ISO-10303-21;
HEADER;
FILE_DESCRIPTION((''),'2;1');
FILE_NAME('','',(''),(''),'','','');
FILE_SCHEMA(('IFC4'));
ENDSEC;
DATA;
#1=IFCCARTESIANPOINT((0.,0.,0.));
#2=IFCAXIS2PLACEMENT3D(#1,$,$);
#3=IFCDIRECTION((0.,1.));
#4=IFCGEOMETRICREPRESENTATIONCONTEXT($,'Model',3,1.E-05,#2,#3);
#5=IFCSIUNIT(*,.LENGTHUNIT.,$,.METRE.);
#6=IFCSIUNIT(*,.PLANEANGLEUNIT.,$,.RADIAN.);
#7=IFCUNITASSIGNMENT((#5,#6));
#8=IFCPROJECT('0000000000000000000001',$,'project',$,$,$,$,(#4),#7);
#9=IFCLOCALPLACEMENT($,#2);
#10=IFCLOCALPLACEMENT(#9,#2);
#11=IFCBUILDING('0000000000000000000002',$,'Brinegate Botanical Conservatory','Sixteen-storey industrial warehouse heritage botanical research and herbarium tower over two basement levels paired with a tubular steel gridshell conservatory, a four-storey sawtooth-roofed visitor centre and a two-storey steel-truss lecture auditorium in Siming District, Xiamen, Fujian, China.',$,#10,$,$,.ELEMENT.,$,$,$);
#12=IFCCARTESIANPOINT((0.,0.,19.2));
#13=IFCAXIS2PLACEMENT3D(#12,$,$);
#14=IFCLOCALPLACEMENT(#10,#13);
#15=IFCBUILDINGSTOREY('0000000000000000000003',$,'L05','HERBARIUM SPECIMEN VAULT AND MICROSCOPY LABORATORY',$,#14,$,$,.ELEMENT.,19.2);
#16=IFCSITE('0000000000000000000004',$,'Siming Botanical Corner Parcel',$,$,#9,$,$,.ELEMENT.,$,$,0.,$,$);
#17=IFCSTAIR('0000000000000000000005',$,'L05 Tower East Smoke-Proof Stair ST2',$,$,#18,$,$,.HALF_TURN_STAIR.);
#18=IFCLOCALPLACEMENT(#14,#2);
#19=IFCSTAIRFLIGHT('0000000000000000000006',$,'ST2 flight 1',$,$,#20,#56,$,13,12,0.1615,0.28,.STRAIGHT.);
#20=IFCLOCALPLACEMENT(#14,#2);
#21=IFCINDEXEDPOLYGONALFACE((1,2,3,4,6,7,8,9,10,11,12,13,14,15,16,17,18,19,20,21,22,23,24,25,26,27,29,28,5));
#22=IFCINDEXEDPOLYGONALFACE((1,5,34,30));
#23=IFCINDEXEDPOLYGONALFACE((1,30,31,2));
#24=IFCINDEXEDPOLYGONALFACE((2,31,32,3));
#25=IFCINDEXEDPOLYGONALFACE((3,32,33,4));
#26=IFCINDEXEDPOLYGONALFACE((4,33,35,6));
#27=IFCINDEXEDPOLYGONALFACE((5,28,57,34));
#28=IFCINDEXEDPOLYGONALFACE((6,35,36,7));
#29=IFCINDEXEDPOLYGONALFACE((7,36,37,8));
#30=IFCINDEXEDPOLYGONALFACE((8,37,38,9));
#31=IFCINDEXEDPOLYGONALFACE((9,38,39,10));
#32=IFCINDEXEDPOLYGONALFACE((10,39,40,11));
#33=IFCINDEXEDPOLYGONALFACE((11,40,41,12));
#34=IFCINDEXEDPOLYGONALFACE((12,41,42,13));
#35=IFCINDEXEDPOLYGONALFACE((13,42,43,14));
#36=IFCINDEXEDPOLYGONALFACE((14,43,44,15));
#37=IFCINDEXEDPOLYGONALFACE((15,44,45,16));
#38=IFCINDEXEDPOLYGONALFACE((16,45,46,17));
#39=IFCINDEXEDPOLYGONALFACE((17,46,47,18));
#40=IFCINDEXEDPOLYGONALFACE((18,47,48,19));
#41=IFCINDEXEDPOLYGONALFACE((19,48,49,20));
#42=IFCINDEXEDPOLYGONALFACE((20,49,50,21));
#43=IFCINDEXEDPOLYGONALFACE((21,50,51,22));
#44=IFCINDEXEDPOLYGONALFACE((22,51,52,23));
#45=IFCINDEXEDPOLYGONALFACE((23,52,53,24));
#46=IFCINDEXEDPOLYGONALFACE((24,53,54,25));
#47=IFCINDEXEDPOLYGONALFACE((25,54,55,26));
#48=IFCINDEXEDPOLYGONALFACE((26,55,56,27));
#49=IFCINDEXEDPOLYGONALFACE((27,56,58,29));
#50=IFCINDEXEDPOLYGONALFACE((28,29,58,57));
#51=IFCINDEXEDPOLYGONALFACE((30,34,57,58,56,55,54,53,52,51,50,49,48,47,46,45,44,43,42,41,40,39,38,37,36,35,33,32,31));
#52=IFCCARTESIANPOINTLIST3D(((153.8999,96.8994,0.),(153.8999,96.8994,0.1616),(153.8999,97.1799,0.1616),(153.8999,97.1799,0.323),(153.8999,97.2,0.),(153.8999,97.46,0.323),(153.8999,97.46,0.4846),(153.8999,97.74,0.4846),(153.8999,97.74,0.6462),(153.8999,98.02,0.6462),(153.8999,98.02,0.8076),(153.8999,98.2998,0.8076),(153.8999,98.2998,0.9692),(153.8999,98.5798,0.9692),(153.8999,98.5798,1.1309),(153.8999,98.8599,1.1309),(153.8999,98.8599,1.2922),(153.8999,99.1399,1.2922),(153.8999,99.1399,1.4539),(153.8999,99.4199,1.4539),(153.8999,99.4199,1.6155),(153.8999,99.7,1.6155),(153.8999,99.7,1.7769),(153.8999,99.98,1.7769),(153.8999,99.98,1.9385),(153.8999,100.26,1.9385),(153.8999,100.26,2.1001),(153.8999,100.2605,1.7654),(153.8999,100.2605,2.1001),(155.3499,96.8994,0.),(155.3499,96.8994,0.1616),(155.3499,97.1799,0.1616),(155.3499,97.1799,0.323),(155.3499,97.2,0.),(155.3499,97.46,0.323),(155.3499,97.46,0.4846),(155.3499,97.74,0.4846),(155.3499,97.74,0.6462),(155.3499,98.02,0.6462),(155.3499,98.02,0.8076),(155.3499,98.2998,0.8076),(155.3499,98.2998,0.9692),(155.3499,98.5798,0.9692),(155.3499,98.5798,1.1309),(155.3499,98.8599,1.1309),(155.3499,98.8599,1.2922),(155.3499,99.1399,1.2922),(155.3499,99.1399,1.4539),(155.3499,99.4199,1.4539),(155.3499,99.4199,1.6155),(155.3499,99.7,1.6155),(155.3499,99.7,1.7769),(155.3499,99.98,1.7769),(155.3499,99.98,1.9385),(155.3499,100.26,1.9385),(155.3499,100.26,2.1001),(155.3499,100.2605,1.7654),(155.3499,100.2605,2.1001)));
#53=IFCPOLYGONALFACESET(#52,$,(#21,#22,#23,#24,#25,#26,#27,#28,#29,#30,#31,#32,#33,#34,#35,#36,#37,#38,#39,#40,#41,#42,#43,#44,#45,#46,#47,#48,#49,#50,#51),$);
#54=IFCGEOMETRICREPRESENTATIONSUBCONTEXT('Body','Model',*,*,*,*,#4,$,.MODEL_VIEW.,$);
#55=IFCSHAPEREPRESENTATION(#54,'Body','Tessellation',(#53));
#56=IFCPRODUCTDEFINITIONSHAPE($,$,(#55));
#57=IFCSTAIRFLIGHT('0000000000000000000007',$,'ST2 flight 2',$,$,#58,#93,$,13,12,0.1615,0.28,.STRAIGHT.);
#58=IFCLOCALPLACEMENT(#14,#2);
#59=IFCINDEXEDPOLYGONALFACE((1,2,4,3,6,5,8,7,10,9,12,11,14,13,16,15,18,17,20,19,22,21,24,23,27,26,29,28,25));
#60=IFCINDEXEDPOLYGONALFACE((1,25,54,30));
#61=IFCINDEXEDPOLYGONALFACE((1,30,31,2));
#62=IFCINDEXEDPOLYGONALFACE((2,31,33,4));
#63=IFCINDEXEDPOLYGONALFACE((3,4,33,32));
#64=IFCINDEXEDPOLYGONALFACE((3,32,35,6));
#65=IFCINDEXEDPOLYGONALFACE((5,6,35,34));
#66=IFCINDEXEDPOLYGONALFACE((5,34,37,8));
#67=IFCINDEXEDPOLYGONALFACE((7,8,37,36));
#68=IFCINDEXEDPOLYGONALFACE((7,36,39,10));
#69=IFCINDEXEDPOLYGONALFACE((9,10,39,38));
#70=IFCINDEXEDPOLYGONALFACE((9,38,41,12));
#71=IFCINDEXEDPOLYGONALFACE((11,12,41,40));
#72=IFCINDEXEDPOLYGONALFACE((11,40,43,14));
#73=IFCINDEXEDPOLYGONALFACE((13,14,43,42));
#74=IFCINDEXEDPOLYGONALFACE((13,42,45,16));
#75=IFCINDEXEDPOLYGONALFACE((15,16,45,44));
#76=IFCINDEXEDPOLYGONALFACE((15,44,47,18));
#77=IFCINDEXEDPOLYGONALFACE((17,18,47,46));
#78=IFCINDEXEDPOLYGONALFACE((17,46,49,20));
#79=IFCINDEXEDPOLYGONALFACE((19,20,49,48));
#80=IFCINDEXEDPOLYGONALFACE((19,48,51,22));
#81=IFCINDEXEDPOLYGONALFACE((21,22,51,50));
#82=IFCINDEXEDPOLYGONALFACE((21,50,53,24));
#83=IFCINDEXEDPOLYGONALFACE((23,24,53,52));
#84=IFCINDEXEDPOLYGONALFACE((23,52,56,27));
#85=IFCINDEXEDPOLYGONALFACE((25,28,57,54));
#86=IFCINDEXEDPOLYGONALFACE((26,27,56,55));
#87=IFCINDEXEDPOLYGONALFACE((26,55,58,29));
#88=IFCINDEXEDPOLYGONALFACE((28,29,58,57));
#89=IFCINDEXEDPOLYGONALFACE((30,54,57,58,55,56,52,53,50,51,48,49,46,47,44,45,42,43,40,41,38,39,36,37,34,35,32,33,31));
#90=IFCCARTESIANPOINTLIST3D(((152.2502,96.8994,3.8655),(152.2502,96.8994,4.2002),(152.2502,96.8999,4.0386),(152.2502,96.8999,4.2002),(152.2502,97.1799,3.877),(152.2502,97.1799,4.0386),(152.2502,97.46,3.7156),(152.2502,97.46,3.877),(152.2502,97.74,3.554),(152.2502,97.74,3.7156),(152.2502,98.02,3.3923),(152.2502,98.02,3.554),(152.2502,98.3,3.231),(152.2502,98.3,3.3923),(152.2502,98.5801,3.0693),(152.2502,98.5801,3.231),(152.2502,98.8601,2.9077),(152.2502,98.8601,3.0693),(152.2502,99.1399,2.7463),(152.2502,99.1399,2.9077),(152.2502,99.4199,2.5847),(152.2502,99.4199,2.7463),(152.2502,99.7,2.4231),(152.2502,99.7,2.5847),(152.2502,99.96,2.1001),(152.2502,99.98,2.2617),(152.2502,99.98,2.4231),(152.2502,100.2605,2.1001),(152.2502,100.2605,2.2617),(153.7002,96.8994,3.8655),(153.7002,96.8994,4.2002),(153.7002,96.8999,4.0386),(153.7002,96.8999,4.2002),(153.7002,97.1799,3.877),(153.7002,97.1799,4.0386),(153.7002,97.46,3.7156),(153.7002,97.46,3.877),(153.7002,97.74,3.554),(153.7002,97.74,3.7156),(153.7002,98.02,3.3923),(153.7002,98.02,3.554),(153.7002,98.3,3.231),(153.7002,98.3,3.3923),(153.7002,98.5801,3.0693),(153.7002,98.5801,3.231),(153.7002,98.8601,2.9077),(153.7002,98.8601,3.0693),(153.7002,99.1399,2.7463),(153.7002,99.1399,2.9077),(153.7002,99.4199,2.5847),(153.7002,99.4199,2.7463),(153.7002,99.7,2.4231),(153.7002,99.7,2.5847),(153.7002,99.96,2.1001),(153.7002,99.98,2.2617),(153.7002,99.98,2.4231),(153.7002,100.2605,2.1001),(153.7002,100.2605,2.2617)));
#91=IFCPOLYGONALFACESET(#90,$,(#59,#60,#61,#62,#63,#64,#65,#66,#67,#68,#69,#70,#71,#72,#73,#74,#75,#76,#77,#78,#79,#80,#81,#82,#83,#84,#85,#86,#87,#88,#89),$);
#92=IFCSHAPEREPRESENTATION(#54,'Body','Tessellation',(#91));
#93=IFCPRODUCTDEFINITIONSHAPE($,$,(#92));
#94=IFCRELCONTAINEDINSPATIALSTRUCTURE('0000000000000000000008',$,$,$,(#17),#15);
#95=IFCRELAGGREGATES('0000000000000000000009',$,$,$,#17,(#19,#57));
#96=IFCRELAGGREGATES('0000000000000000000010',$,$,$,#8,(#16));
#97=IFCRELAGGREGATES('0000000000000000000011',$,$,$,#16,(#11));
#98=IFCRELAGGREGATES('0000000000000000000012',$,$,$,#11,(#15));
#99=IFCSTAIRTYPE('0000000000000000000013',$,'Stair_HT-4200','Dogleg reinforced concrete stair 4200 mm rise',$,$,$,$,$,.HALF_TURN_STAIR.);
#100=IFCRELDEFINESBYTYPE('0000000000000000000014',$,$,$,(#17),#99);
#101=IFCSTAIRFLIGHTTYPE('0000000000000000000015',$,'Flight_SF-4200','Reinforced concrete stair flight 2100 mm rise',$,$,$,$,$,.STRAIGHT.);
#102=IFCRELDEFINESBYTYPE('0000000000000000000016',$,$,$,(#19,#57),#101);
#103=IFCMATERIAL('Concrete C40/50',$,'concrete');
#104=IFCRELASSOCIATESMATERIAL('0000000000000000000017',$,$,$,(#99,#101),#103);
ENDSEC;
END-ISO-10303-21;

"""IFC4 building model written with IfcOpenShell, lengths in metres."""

from ifc_helpers import new_model, si_unit, direction, frame, origin, place, context, subcontext, project, spatial, polyline, outline, extrude, material, type_object, element, aggregate, save


model = new_model("IFC4")

# Units and contexts
model_context = context("Model", 3, precision=1e-05, world=origin(), true_north=direction((0.0, 1.0)))
body_context = subcontext(model_context, "Body", "Model", "MODEL_VIEW")
ifc_project = project(units=[si_unit("LENGTHUNIT", "METRE"), si_unit("PLANEANGLEUNIT", "RADIAN")], contexts=[model_context])

# Site, building, storey
site_placement = place(None, origin())
site = spatial("IfcSite", under=ifc_project, at=site_placement, Name="Siming Botanical Corner Parcel", CompositionType="ELEMENT", RefElevation=0.0)
building_placement = place(site_placement, origin())
building = spatial("IfcBuilding", under=site, at=building_placement, Name="Brinegate Botanical Conservatory", Description="Sixteen-storey industrial warehouse heritage botanical research and herbarium tower over two basement levels paired with a tubular steel gridshell conservatory, a four-storey sawtooth-roofed visitor centre and a two-storey steel-truss lecture auditorium in Siming District, Xiamen, Fujian, China.", CompositionType="ELEMENT")
storey_placement = place(building_placement, frame((0.0, 0.0, 19.2)))
storey = spatial("IfcBuildingStorey", under=building, at=storey_placement, Name="L05", Description="HERBARIUM SPECIMEN VAULT AND MICROSCOPY LABORATORY", CompositionType="ELEMENT", Elevation=19.2)

# Shared definitions
ifc_material_1 = material(Name="Concrete C40/50", Category="concrete")

# Stair, stair flights
stair_type = type_object("IfcStairType", Name="Stair_HT-4200", Description="Dogleg reinforced concrete stair 4200 mm rise", PredefinedType="HALF_TURN_STAIR", material=ifc_material_1)
stair_placement = place(storey_placement, origin())
stair = element("IfcStair", 1, at=stair_placement, inside=storey, type_object=stair_type, Name="L05 Tower East Smoke-Proof Stair ST2", PredefinedType="HALF_TURN_STAIR")
stair_flight_type = type_object("IfcStairFlightType", Name="Flight_SF-4200", Description="Reinforced concrete stair flight 2100 mm rise", PredefinedType="STRAIGHT", material=ifc_material_1)
stair_flight_1_placement = place(storey_placement, frame((154.625, 96.8999, 0.0), z_axis=(0.0, 0.0, 1.0), x_axis=(0.0, 1.0, 0.0)))
stair_flight_1 = element("IfcStairFlight", 2, at=stair_flight_1_placement, type_object=stair_flight_type, Name="ST2 flight 1", NumberOfRisers=13, NumberOfTreads=12, PredefinedType="STRAIGHT", RiserHeight=0.1615, TreadLength=0.28, context=body_context, shape_type="SweptSolid", body=[
    extrude(outline(polyline([(-0.0005, 0.0), (-0.0005, 0.1616), (0.28, 0.1616), (0.28, 0.323), (0.5601, 0.323), (0.5601, 0.4846), (0.8401, 0.4846), (0.8401, 0.6462), (1.1201, 0.6462), (1.1201, 0.8076), (1.3999, 0.8076), (1.3999, 0.9692), (1.6799, 0.9692), (1.6799, 1.1309), (1.96, 1.1309), (1.96, 1.2922), (2.24, 1.2922), (2.24, 1.4539), (2.52, 1.4539), (2.52, 1.6155), (2.8, 1.6155), (2.8, 1.7769), (3.0801, 1.7769), (3.0801, 1.9385), (3.3601, 1.9385), (3.3601, 2.1001), (3.3606, 2.1001), (3.3606, 1.7654), (0.3, 0.0), (-0.0005, 0.0)])), frame((0.0, 0.7251, 0.0), z_axis=(0.0, -1.0, 0.0), x_axis=(1.0, 0.0, 0.0)), (0.0, 0.0, 1.0), 1.45),
])
stair_flight_2_placement = place(storey_placement, frame((152.9751, 100.26, 2.1001), z_axis=(0.0, 0.0, 1.0), x_axis=(0.0, -1.0, 0.0)))
stair_flight_2 = element("IfcStairFlight", 3, at=stair_flight_2_placement, type_object=stair_flight_type, Name="ST2 flight 2", NumberOfRisers=13, NumberOfTreads=12, PredefinedType="STRAIGHT", RiserHeight=0.1615, TreadLength=0.28, context=body_context, shape_type="SweptSolid", body=[
    extrude(outline(polyline([(-0.0005, 0.0), (-0.0005, 0.1616), (0.28, 0.1616), (0.28, 0.323), (0.5601, 0.323), (0.5601, 0.4846), (0.8401, 0.4846), (0.8401, 0.6462), (1.1201, 0.6462), (1.1201, 0.8076), (1.3999, 0.8076), (1.3999, 0.9692), (1.6799, 0.9692), (1.6799, 1.1309), (1.96, 1.1309), (1.96, 1.2922), (2.24, 1.2922), (2.24, 1.4539), (2.52, 1.4539), (2.52, 1.6155), (2.8, 1.6155), (2.8, 1.7769), (3.0801, 1.7769), (3.0801, 1.9385), (3.3601, 1.9385), (3.3601, 2.1001), (3.3606, 2.1001), (3.3606, 1.7654), (0.3, 0.0), (-0.0005, 0.0)])), frame((0.0, 0.7251, 0.0), z_axis=(0.0, -1.0, 0.0), x_axis=(1.0, 0.0, 0.0)), (0.0, 0.0, 1.0), 1.45),
])
aggregate(stair, [stair_flight_1, stair_flight_2])

save(model, "model.ifc")
